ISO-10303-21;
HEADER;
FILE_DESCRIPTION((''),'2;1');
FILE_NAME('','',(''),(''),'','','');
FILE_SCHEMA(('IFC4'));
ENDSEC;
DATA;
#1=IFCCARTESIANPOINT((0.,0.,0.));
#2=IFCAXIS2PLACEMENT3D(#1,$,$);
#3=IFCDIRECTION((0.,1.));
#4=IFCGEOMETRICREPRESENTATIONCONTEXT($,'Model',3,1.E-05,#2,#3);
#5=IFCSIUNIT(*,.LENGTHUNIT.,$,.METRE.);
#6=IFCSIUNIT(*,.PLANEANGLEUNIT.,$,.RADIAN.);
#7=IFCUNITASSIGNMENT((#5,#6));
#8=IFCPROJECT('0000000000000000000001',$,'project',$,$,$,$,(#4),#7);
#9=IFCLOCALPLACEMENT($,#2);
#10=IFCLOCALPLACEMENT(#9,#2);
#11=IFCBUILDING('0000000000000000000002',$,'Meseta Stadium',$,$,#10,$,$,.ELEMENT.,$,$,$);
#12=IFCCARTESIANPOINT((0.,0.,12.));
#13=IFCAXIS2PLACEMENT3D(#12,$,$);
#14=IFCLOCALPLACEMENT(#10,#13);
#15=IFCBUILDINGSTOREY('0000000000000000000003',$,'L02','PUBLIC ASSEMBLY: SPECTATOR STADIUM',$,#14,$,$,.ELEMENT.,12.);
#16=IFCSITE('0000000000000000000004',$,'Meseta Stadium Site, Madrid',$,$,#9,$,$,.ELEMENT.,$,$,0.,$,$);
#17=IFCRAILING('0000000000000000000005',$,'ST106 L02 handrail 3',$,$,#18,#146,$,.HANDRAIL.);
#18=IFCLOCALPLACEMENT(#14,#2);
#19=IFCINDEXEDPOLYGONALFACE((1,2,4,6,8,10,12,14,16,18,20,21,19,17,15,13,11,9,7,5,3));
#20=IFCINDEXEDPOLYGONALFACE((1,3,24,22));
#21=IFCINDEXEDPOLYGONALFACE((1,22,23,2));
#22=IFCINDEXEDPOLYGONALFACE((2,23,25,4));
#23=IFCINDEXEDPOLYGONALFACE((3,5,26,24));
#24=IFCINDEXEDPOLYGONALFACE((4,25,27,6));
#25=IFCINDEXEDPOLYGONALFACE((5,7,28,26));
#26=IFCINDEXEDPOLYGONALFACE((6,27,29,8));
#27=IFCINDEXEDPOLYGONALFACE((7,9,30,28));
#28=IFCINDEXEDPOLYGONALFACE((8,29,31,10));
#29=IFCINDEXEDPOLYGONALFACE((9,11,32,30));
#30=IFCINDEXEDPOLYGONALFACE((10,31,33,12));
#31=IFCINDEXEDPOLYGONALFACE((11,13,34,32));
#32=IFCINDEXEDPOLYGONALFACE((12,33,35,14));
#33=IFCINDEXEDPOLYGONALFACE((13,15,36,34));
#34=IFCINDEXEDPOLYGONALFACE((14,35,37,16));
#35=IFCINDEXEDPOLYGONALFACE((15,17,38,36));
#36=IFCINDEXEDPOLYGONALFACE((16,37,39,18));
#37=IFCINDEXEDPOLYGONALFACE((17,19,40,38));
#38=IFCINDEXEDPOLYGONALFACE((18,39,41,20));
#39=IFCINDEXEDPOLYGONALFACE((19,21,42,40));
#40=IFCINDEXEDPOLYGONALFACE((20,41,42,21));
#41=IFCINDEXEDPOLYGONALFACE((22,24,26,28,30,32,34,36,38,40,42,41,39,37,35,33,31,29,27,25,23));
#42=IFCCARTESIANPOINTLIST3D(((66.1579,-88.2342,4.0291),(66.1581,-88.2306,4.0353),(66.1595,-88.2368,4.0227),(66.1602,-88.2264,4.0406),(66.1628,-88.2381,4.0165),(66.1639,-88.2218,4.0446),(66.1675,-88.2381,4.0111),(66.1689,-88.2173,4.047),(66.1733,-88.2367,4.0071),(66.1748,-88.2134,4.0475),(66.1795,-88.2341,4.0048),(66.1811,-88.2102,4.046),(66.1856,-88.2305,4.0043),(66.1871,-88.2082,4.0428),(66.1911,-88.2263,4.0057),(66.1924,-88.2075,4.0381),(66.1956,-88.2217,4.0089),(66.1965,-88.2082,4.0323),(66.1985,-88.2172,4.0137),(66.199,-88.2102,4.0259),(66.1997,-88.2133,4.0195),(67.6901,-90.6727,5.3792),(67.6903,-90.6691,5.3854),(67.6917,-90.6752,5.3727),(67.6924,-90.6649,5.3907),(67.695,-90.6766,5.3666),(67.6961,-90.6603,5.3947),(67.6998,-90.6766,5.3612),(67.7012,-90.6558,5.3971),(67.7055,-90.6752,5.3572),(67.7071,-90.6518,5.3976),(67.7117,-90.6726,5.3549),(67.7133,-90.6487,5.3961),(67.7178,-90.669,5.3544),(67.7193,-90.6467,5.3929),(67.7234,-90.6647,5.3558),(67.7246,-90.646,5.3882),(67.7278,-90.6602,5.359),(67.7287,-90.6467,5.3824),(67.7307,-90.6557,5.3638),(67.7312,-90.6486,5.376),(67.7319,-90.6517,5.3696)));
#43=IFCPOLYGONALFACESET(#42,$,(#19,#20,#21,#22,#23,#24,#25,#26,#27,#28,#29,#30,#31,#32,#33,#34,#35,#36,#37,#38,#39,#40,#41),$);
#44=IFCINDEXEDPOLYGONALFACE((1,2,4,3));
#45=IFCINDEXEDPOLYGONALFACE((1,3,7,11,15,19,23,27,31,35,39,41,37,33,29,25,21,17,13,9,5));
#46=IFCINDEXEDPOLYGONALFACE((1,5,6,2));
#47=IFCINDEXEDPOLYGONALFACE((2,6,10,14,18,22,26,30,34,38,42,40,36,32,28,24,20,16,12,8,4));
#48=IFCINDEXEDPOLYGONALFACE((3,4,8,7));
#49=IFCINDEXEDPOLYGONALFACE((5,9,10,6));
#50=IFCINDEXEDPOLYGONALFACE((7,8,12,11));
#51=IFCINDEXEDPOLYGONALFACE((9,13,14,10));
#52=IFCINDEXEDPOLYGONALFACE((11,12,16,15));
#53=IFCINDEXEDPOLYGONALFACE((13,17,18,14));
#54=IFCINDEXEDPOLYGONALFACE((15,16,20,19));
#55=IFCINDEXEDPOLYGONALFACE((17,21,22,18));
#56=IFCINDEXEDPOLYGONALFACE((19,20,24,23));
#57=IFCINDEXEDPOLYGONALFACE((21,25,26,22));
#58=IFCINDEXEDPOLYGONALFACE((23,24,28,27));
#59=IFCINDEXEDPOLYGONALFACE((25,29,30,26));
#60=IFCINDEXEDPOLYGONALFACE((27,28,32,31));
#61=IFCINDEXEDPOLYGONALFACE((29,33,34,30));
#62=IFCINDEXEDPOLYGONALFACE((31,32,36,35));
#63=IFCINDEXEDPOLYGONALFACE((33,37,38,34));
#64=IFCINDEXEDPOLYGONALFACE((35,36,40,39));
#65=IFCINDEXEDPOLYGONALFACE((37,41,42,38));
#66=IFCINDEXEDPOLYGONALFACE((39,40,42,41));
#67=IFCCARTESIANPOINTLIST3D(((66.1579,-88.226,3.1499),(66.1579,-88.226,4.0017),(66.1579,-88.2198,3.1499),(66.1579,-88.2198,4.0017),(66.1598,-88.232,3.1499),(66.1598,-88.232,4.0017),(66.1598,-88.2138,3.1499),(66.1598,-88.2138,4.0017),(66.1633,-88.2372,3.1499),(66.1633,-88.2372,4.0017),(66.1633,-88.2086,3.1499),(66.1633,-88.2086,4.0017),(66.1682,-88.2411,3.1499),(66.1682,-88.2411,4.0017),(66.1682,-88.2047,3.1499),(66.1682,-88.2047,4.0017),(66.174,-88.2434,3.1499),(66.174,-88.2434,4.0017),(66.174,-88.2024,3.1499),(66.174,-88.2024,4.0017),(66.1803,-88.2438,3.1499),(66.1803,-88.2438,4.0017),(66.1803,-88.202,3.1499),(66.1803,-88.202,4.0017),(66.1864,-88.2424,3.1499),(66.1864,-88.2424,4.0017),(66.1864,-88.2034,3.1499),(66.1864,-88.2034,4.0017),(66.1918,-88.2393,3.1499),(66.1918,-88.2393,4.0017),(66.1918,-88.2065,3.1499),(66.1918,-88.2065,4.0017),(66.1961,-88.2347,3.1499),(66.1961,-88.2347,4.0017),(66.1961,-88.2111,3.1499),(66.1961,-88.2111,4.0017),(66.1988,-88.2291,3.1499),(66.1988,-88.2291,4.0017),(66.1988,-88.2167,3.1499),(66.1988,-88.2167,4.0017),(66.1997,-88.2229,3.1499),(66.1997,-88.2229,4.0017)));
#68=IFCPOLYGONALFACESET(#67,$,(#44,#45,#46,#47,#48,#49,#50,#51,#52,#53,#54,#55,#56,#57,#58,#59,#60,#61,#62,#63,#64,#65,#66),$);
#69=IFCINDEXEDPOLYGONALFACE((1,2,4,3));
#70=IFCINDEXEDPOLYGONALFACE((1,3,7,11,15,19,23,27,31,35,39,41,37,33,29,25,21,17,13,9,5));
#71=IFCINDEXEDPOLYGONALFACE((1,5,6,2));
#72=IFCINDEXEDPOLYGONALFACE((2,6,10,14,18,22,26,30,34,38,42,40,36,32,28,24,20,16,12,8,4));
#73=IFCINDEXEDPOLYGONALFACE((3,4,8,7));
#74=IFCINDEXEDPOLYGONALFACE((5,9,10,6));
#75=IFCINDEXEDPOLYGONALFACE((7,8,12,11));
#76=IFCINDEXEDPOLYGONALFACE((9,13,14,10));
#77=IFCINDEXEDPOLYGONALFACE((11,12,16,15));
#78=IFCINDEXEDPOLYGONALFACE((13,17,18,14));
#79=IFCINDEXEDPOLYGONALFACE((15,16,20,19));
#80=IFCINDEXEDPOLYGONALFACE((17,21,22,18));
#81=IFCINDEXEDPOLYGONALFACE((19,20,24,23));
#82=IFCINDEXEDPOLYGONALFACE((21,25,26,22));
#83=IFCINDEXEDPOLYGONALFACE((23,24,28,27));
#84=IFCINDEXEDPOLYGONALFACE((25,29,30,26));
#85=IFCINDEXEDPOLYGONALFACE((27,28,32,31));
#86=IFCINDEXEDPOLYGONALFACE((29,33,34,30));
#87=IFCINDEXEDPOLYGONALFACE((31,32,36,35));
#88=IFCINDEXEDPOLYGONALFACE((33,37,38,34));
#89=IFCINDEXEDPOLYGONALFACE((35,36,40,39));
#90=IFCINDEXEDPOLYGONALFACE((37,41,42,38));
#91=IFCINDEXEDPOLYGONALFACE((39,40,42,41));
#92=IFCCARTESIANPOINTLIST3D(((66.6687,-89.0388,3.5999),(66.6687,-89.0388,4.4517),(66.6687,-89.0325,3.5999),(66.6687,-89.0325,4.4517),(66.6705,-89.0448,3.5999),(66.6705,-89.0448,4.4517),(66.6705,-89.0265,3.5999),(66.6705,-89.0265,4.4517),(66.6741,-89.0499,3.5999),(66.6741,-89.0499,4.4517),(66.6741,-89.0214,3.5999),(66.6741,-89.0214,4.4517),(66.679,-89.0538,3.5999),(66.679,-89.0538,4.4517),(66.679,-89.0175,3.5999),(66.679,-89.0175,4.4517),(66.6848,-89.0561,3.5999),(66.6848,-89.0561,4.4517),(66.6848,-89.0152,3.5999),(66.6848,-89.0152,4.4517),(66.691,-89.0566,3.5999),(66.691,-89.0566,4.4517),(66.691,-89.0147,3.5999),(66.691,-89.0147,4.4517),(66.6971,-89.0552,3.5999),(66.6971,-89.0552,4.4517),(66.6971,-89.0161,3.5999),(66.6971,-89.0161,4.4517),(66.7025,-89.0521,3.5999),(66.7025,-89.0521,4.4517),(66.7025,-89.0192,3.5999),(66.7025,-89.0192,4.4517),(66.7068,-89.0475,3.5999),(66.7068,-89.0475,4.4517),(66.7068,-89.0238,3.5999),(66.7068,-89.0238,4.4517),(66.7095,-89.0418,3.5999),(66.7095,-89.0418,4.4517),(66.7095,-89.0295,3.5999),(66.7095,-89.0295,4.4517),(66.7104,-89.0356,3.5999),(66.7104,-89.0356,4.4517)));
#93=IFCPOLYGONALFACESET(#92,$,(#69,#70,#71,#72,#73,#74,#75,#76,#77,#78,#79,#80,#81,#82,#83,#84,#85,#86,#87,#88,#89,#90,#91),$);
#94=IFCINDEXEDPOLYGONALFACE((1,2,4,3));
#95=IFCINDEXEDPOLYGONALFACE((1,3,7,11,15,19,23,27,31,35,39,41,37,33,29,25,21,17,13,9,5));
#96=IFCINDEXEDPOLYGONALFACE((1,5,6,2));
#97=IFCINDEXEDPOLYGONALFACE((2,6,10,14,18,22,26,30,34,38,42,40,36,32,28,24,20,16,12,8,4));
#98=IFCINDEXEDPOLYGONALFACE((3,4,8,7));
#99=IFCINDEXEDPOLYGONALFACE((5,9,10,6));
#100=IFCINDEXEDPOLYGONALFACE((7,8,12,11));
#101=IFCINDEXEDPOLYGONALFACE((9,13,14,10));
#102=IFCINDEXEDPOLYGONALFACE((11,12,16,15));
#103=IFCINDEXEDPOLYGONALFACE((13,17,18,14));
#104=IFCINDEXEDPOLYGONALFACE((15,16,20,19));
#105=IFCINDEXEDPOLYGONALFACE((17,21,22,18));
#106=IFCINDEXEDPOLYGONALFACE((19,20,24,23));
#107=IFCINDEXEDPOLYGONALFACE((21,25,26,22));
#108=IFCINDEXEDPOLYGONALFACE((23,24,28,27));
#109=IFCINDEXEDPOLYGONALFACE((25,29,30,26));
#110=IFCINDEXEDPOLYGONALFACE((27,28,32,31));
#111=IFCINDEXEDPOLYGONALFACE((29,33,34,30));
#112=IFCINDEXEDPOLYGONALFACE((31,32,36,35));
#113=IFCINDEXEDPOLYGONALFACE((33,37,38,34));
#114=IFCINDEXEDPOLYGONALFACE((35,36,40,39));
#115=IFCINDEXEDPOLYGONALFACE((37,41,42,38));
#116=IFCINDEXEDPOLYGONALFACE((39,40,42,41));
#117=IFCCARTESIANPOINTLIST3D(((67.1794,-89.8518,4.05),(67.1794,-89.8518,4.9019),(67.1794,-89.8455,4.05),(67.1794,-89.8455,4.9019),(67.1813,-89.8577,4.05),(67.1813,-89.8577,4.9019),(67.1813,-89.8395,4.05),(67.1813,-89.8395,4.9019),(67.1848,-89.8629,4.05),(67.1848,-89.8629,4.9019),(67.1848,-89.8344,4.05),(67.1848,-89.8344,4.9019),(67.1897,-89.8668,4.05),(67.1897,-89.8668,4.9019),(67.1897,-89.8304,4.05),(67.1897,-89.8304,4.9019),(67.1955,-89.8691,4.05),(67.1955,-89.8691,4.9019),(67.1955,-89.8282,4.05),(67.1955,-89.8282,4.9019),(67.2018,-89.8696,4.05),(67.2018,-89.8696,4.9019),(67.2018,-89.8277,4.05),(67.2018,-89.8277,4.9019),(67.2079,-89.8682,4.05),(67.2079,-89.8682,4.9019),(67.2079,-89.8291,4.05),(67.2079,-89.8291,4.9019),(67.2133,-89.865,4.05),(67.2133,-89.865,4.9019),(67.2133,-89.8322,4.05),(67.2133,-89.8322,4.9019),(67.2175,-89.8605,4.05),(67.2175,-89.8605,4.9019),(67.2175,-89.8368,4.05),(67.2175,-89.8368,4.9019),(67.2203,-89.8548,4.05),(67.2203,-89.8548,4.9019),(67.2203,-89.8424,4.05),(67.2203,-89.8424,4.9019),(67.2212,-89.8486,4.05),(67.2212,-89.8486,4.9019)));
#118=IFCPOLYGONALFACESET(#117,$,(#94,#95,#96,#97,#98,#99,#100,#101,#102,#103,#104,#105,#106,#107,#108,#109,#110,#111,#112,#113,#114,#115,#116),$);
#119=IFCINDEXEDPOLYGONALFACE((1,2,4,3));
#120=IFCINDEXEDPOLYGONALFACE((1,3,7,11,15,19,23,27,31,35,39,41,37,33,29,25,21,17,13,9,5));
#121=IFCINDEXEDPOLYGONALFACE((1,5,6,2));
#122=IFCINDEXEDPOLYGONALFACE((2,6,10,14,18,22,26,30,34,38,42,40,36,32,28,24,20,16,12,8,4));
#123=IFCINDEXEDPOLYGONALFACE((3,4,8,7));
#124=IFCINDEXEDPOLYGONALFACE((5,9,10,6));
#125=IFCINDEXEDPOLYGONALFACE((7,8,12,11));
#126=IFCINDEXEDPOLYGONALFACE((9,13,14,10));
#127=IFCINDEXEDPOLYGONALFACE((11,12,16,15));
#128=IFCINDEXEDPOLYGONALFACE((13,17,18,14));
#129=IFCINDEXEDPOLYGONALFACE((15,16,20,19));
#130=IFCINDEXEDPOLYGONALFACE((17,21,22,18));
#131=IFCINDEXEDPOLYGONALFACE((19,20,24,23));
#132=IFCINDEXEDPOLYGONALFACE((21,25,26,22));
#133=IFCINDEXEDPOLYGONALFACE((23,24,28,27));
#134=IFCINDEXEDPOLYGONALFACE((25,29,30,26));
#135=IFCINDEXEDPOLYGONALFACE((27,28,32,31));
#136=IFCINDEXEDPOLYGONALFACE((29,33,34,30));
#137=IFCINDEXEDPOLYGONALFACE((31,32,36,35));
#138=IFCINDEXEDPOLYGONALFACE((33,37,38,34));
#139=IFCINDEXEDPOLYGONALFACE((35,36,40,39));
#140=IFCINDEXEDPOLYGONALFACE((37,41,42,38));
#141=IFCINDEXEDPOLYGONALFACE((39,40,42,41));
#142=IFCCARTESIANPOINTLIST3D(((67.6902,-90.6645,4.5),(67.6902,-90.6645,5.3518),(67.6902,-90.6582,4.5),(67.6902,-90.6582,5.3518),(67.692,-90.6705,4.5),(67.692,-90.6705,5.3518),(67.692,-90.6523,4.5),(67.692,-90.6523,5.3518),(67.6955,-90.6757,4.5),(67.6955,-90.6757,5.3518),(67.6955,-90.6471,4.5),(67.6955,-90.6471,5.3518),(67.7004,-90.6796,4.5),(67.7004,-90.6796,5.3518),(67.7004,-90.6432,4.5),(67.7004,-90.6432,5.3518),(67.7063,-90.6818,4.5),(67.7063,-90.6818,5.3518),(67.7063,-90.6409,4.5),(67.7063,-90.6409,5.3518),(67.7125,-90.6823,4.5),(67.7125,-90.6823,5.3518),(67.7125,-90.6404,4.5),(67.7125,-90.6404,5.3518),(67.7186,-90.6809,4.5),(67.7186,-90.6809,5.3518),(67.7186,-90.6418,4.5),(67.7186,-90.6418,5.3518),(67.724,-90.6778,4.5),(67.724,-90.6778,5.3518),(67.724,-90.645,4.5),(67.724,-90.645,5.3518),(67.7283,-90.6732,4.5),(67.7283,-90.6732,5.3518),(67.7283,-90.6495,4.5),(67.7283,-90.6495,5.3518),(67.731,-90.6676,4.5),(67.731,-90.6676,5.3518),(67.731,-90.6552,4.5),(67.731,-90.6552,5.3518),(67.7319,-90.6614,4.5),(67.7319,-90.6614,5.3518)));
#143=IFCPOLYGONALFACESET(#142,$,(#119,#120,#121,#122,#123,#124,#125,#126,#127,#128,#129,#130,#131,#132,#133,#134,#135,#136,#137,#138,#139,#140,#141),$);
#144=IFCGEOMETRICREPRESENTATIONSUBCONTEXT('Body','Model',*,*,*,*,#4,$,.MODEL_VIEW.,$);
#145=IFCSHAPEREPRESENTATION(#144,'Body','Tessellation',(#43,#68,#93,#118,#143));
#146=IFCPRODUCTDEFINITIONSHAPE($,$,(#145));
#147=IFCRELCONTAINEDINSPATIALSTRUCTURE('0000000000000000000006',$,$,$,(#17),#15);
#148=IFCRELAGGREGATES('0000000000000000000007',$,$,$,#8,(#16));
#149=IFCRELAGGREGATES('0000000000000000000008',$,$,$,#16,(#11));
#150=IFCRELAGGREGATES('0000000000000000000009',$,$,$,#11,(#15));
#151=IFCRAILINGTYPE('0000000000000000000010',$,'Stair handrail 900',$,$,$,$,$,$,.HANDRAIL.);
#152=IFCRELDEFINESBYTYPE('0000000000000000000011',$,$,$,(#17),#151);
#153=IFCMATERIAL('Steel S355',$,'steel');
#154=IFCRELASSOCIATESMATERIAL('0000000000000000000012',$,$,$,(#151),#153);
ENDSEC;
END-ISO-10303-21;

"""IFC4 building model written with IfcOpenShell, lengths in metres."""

from ifc_helpers import new_model, si_unit, direction, frame, origin, origin_2d, place, context, subcontext, project, spatial, circle, extrude, material, type_object, element, save


model = new_model("IFC4")

# Units and contexts
model_context = context("Model", 3, precision=1e-05, world=origin(), true_north=direction((0.0, 1.0)))
body_context = subcontext(model_context, "Body", "Model", "MODEL_VIEW")
ifc_project = project(units=[si_unit("LENGTHUNIT", "METRE"), si_unit("PLANEANGLEUNIT", "RADIAN")], contexts=[model_context])

# Site, building, storey
site_placement = place(None, origin())
site = spatial("IfcSite", under=ifc_project, at=site_placement, Name="Meseta Stadium Site, Madrid", CompositionType="ELEMENT", RefElevation=0.0)
building_placement = place(site_placement, origin())
building = spatial("IfcBuilding", under=site, at=building_placement, Name="Meseta Stadium", CompositionType="ELEMENT")
storey_placement = place(building_placement, frame((0.0, 0.0, 12.0)))
storey = spatial("IfcBuildingStorey", under=building, at=storey_placement, Name="L02", Description="PUBLIC ASSEMBLY: SPECTATOR STADIUM", CompositionType="ELEMENT", Elevation=12.0)

# Railing
ifc_material_1 = material(Name="Steel S355", Category="steel")
railing_type_1 = type_object("IfcRailingType", Name="Stair handrail 900", PredefinedType="HANDRAIL", material=ifc_material_1)
for number, where, name in (
    (1, (66.1787, -88.2229, 3.1499), "ST106 L02 handrail 3"),
):
    element("IfcRailing", number, at=place(storey_placement, frame(where)), inside=storey, type_object=railing_type_1, Name=name, PredefinedType="HANDRAIL", context=body_context, shape_type="SweptSolid", body=[
        extrude(circle(Radius=0.0239, at=origin_2d()), frame((0.0, 0.0, 0.876), z_axis=(0.481731, -0.766655, 0.42447), x_axis=(0.846719, 0.53204, 0.0)), (0.0, 0.0, 1.0), 3.1807),
        extrude(circle(Radius=0.021, at=origin_2d()), origin(), (0.0, 0.0, 1.0), 0.8518),
        extrude(circle(Radius=0.021, at=origin_2d()), frame((0.5107, -0.8127, 0.45)), (0.0, 0.0, 1.0), 0.8518),
        extrude(circle(Radius=0.021, at=origin_2d()), frame((1.0215, -1.6257, 0.9001)), (0.0, 0.0, 1.0), 0.8518),
        extrude(circle(Radius=0.021, at=origin_2d()), frame((1.5322, -2.4385, 1.3501)), (0.0, 0.0, 1.0), 0.8518),
    ])

save(model, "model.ifc")
